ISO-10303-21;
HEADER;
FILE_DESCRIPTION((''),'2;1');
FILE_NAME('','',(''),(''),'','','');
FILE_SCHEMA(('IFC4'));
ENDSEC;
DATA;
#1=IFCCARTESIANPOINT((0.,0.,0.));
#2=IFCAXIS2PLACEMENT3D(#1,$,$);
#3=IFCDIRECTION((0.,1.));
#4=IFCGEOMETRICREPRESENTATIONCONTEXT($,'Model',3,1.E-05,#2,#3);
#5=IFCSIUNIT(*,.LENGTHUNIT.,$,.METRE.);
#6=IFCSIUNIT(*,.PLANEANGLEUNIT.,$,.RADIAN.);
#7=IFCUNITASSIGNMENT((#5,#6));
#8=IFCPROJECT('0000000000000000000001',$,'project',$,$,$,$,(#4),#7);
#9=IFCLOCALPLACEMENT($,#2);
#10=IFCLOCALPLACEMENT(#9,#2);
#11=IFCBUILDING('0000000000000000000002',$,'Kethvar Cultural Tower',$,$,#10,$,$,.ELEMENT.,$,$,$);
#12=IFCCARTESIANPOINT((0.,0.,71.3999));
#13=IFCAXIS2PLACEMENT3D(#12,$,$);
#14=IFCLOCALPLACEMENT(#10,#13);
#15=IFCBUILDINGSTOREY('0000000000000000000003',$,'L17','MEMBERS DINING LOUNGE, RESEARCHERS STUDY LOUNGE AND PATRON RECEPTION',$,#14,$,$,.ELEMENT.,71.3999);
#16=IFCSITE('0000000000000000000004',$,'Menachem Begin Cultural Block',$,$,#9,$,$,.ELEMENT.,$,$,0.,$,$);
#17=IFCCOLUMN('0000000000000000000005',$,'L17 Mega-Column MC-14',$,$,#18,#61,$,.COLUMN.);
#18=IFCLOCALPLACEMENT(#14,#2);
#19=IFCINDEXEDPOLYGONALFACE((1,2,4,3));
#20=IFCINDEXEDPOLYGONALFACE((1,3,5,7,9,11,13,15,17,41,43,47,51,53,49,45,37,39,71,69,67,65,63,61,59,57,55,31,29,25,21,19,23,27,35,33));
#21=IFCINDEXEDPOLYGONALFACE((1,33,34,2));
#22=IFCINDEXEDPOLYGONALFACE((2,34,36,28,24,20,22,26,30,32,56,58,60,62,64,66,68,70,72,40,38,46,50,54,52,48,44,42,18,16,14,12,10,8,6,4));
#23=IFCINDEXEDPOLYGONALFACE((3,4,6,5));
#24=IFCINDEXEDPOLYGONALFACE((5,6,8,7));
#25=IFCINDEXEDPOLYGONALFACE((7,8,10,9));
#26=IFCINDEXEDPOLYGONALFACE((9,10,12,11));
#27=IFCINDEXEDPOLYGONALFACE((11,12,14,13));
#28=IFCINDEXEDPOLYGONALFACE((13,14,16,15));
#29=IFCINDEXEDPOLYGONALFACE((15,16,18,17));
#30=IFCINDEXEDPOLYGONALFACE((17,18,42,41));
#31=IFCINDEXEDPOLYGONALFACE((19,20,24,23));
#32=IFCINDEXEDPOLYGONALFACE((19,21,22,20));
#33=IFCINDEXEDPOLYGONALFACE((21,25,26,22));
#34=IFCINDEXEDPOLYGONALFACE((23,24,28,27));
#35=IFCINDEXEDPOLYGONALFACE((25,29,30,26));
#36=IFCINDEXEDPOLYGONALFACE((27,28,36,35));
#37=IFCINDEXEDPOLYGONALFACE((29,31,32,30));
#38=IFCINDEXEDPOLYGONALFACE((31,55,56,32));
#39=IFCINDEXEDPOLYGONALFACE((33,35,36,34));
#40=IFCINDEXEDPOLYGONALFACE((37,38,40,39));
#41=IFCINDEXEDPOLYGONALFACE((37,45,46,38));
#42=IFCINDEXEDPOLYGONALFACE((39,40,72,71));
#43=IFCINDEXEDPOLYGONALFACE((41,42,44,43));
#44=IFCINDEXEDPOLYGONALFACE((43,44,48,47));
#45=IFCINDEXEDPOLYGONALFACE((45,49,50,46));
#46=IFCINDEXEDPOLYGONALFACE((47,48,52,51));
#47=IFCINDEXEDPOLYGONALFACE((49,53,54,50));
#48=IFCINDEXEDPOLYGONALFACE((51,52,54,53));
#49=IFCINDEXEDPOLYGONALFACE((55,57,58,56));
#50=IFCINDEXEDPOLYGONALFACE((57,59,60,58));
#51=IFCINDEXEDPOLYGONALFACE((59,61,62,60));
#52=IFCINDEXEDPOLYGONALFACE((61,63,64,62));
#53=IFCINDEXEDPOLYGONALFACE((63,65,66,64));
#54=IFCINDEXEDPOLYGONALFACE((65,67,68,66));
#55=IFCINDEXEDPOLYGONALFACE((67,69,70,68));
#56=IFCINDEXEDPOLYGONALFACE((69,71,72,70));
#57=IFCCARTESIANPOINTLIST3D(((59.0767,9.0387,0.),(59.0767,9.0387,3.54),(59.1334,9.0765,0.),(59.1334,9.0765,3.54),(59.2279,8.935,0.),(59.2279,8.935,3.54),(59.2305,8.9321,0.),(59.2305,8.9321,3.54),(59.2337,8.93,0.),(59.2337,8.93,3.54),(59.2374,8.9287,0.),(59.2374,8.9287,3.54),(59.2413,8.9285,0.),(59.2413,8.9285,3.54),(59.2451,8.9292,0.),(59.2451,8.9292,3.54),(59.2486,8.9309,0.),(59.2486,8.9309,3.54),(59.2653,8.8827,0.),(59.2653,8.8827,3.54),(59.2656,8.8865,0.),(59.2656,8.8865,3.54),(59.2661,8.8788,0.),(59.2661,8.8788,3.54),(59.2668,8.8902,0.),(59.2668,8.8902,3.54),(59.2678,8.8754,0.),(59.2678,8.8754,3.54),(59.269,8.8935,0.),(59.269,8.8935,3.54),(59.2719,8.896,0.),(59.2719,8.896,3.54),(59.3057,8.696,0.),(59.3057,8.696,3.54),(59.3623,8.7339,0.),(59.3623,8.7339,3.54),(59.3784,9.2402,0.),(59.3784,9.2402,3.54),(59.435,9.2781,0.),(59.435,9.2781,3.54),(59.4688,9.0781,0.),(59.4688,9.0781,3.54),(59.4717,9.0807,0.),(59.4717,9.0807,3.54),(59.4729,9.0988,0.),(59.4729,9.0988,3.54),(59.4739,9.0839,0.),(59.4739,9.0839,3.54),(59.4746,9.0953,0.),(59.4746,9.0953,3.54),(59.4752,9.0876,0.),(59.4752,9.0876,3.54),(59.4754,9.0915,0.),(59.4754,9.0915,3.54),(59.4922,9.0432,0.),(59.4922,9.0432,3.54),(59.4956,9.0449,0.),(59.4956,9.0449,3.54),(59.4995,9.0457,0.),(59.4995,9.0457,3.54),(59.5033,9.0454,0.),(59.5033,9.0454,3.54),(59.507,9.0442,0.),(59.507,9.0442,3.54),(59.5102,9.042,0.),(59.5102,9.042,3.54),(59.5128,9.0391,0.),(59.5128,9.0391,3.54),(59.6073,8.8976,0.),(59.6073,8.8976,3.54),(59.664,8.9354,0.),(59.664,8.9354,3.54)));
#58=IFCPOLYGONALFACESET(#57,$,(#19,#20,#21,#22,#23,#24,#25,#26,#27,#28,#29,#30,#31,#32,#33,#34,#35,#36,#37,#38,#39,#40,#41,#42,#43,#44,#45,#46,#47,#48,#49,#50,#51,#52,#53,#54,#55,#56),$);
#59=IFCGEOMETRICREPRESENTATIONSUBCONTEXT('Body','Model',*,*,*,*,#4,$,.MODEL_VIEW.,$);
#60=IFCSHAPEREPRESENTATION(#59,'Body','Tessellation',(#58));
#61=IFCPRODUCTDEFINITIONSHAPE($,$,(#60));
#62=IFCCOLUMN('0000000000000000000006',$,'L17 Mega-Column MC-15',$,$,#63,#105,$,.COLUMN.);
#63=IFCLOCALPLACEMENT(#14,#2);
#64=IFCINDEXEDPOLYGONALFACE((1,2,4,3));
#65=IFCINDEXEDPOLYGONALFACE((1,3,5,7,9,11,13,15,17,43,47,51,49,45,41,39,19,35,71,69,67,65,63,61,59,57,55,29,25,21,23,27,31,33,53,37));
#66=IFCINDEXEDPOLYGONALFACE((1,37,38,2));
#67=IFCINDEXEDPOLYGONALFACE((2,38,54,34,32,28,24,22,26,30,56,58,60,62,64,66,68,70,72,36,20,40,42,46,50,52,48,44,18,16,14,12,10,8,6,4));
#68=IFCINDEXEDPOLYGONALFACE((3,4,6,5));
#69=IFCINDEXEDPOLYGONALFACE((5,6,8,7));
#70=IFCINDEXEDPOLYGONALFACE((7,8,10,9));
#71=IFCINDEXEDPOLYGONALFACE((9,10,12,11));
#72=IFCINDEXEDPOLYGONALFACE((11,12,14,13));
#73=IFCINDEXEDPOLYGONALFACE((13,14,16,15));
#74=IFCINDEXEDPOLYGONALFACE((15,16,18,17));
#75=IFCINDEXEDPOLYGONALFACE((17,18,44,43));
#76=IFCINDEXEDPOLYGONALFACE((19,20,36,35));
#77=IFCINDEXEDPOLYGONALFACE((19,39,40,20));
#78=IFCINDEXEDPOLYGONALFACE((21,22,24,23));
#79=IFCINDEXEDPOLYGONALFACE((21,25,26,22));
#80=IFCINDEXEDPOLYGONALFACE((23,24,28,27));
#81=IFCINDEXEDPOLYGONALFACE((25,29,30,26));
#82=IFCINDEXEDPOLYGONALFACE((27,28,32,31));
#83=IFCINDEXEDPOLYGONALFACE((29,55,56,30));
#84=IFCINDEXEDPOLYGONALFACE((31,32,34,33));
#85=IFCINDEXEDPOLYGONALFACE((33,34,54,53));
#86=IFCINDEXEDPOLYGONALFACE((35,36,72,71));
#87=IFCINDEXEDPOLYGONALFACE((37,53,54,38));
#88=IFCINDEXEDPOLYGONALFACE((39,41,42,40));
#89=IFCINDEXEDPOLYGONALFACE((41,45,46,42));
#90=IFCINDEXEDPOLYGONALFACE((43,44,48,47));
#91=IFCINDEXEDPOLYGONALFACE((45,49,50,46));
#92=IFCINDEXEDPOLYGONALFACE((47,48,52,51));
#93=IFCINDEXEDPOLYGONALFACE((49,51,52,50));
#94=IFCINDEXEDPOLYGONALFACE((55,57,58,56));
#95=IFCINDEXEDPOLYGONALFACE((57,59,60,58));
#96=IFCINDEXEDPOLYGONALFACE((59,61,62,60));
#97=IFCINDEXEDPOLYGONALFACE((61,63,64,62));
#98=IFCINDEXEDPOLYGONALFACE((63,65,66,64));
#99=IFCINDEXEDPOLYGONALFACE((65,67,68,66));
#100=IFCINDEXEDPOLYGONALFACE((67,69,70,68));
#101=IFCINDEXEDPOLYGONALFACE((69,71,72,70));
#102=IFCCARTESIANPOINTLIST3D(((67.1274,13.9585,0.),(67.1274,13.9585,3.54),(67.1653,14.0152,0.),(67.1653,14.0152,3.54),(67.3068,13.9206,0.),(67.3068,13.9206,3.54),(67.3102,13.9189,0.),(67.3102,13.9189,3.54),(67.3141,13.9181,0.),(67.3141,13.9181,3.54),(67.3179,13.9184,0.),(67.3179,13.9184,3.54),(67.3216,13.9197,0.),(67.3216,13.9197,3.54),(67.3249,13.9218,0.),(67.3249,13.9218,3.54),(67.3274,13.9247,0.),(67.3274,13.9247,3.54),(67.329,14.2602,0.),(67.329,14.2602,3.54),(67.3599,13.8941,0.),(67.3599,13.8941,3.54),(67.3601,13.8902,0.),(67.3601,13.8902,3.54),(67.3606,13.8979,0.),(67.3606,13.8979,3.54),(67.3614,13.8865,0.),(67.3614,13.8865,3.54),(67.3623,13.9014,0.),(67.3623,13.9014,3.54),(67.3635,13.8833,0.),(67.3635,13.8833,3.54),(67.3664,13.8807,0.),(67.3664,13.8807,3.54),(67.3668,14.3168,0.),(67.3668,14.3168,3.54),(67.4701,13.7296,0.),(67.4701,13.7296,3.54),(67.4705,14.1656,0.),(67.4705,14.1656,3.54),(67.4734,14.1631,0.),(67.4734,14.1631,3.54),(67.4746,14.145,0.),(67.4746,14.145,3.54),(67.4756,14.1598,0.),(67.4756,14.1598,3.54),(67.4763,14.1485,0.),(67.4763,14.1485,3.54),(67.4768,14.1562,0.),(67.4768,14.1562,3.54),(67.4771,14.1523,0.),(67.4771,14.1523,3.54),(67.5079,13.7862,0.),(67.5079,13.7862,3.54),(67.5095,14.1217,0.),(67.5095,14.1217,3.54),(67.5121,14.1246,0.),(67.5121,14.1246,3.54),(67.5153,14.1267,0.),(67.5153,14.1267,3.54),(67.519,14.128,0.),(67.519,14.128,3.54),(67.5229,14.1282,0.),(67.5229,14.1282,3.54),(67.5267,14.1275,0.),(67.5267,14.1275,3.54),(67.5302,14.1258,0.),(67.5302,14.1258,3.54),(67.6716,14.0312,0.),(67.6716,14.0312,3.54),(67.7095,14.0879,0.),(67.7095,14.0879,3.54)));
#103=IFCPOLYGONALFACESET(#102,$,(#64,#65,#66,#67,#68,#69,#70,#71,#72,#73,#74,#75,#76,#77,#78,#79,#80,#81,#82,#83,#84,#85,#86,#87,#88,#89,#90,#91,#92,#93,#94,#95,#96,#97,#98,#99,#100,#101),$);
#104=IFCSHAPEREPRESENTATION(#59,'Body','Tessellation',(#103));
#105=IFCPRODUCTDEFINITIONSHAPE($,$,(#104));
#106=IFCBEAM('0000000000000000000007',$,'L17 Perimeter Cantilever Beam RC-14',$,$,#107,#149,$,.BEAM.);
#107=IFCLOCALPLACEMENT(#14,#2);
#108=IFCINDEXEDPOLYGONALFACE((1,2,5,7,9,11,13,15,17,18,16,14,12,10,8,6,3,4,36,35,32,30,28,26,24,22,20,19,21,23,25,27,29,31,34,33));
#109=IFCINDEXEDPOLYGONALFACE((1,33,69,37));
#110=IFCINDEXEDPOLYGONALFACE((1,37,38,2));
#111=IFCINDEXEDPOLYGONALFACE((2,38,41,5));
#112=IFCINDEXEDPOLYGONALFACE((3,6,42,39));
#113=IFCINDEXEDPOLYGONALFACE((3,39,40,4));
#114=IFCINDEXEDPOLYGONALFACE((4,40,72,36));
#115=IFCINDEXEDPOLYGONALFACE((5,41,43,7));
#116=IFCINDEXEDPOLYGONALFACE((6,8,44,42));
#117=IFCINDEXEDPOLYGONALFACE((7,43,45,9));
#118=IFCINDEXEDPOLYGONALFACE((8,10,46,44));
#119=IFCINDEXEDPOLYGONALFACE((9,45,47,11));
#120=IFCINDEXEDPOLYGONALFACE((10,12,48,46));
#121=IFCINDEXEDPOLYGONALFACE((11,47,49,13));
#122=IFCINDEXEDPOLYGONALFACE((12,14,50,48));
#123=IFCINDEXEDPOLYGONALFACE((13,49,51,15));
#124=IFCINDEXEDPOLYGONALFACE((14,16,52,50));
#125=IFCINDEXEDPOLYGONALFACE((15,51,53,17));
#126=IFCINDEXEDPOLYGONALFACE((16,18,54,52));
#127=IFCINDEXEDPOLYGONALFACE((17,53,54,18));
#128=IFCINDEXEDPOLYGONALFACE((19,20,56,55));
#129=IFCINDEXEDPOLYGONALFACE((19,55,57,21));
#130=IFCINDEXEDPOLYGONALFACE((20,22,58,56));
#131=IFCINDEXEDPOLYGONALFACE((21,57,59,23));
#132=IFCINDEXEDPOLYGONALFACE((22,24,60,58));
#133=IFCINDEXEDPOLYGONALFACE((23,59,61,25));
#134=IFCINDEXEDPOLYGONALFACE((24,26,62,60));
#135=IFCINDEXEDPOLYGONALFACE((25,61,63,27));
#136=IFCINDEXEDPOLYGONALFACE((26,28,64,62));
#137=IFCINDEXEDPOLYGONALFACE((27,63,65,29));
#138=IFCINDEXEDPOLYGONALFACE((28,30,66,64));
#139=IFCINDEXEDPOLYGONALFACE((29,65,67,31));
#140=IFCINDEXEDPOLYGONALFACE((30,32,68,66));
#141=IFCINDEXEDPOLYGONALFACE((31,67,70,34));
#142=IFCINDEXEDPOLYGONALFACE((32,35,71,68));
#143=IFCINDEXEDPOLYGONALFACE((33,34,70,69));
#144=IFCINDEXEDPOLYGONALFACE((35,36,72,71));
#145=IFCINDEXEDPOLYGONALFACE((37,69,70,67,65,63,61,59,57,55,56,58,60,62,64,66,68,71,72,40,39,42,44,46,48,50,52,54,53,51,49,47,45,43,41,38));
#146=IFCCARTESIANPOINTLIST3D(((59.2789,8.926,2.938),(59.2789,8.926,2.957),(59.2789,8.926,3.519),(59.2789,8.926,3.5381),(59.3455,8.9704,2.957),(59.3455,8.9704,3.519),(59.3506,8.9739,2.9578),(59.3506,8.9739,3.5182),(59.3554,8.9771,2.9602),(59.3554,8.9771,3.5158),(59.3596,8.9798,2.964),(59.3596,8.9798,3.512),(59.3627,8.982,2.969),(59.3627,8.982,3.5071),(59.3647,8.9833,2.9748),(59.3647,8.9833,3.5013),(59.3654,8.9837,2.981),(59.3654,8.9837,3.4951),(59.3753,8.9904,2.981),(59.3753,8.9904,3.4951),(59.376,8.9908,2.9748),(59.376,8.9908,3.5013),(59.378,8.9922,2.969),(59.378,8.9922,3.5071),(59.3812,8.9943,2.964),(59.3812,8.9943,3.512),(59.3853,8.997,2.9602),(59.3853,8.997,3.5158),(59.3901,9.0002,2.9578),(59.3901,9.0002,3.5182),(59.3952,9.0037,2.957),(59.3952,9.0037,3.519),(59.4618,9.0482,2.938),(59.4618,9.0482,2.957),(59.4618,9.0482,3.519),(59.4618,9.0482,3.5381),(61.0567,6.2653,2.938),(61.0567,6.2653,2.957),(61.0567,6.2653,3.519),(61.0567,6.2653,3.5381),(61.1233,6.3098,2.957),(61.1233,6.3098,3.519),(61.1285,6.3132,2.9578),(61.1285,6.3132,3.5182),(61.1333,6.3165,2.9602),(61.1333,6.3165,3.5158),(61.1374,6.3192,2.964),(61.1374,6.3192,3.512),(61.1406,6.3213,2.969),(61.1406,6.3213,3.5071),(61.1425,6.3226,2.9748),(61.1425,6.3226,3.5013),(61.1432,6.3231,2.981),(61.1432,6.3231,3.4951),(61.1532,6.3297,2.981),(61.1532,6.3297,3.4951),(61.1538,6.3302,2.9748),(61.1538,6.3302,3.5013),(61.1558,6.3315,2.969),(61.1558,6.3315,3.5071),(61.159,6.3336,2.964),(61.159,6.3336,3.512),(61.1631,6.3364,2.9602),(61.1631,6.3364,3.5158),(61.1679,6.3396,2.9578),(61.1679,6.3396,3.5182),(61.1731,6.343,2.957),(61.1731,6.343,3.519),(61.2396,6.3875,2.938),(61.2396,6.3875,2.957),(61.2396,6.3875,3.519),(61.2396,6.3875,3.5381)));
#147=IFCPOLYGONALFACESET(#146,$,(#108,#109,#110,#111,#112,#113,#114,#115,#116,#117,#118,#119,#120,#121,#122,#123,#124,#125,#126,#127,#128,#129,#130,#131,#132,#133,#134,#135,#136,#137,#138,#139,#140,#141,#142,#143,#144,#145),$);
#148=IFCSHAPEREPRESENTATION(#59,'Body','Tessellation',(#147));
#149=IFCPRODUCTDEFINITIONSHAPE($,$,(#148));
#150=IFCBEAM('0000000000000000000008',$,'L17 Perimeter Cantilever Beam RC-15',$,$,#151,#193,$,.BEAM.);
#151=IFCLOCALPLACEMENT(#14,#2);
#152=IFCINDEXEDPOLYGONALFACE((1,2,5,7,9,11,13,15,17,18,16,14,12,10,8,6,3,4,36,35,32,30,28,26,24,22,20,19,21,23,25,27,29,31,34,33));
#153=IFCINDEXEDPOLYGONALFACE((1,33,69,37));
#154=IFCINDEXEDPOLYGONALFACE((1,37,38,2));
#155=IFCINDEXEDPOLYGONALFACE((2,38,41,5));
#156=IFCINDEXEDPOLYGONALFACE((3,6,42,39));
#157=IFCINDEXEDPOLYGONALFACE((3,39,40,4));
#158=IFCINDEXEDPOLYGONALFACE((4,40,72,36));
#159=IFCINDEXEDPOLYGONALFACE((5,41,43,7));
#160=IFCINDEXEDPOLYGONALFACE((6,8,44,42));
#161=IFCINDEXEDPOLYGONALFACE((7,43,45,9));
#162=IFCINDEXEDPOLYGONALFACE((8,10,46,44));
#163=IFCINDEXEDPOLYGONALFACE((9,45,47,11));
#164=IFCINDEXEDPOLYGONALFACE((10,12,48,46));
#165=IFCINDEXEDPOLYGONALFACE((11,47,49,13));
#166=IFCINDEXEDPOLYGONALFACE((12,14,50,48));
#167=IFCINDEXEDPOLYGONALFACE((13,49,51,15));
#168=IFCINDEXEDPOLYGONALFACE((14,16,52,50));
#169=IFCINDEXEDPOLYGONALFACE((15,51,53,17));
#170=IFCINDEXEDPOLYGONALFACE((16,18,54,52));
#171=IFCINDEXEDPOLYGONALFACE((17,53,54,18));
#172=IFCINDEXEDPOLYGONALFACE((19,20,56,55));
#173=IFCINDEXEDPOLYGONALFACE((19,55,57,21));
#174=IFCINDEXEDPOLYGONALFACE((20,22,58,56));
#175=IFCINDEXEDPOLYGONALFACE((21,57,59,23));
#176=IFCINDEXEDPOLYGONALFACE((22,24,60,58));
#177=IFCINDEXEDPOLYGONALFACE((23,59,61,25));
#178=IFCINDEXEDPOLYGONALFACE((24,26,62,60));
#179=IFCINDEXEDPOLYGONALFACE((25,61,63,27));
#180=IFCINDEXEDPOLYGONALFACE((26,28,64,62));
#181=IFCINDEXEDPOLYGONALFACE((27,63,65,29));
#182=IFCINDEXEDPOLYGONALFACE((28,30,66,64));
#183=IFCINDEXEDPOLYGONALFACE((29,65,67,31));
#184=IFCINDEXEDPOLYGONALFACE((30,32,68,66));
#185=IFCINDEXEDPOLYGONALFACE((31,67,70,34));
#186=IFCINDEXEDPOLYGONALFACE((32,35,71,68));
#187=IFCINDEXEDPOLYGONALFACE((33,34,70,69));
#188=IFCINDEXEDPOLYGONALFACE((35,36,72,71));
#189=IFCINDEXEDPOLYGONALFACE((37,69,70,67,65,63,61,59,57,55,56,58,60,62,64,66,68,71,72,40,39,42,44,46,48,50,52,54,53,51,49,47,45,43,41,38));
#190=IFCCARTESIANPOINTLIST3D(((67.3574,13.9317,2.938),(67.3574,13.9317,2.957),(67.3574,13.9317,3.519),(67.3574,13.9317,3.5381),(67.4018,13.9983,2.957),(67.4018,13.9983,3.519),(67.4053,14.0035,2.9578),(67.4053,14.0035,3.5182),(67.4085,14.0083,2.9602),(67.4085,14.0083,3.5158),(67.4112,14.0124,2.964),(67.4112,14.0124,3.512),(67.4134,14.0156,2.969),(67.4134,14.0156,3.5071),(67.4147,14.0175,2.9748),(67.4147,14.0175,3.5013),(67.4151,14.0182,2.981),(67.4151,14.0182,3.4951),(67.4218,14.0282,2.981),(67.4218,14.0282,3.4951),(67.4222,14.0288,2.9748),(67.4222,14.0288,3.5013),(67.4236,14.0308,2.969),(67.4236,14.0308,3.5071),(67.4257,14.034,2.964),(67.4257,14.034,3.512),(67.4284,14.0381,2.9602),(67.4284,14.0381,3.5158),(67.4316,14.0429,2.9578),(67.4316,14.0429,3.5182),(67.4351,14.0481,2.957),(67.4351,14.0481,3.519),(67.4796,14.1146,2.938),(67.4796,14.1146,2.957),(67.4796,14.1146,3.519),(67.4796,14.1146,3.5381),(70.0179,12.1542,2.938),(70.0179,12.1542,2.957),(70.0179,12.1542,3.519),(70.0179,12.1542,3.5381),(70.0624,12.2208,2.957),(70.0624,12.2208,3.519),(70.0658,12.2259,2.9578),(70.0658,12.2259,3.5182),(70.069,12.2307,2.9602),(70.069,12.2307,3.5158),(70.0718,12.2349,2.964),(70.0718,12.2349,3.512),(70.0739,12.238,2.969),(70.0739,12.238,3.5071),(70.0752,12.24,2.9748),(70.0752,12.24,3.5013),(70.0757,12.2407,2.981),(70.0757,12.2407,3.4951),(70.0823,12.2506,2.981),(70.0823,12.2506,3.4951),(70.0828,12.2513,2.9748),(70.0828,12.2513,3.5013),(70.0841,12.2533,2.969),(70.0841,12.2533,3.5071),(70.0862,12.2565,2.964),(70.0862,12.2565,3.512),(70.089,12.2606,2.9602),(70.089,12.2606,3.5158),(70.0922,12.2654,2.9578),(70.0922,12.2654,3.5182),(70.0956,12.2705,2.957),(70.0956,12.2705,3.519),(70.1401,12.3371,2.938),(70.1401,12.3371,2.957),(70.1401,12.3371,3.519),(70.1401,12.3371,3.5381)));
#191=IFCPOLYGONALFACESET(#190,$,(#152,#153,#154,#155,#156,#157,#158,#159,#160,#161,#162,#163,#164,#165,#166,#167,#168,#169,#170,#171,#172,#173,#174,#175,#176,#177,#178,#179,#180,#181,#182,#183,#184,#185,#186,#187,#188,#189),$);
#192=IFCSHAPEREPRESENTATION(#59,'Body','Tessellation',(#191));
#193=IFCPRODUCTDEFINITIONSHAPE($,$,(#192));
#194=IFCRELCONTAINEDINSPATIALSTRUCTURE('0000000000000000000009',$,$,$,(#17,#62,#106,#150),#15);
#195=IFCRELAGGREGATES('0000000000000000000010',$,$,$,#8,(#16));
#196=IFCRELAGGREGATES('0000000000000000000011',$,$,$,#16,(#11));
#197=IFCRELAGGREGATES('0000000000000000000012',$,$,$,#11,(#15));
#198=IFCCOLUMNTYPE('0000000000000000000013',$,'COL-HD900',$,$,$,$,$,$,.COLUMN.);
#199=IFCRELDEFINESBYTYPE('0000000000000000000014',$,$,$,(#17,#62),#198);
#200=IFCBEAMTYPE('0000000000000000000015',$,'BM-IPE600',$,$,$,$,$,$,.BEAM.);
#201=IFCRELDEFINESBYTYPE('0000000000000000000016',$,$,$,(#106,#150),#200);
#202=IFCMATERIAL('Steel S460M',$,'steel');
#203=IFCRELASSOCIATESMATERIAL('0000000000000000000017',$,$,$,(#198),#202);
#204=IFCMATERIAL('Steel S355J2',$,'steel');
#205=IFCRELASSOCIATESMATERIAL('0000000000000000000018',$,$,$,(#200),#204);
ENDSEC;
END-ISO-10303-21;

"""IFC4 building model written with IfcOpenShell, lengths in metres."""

from ifc_helpers import new_model, si_unit, direction, frame, origin, origin_2d, place, context, subcontext, project, spatial, i_section, extrude, source, transform, mapped, material, material_profile, profile_set, type_object, element, save


model = new_model("IFC4")

# Units and contexts
model_context = context("Model", 3, precision=1e-05, world=origin(), true_north=direction((0.0, 1.0)))
body_context = subcontext(model_context, "Body", "Model", "MODEL_VIEW")
ifc_project = project(units=[si_unit("LENGTHUNIT", "METRE"), si_unit("PLANEANGLEUNIT", "RADIAN")], contexts=[model_context])

# Site, building, storey
site_placement = place(None, origin())
site = spatial("IfcSite", under=ifc_project, at=site_placement, Name="Menachem Begin Cultural Block", CompositionType="ELEMENT", RefElevation=0.0)
building_placement = place(site_placement, origin())
building = spatial("IfcBuilding", under=site, at=building_placement, Name="Kethvar Cultural Tower", CompositionType="ELEMENT")
storey_placement = place(building_placement, frame((0.0, 0.0, 71.3999)))
storey = spatial("IfcBuildingStorey", under=building, at=storey_placement, Name="L17", Description="MEMBERS DINING LOUNGE, RESEARCHERS STUDY LOUNGE AND PATRON RECEPTION", CompositionType="ELEMENT", Elevation=71.3999)

# Columns
ifc_material_1 = material(Name="Steel S460M", Category="steel")
ifc_material_profile_1 = material_profile(ifc_material_1, i_section(OverallWidth=0.4121, OverallDepth=0.4309, WebThickness=0.042, FlangeThickness=0.0681, FilletRadius=0.0149, at=origin_2d()), Name="Steel S460M — HD400x900")
ifc_profile_set_1 = profile_set([ifc_material_profile_1], Name="Steel S460M — HD400x900")
column_type = type_object("IfcColumnType", Name="COL-HD900", PredefinedType="COLUMN", material=ifc_profile_set_1)
shared_shape_1 = source(origin(), body_context, "Body", "SweptSolid", [
    extrude(i_section(OverallWidth=0.4121, OverallDepth=0.4309, WebThickness=0.042, FlangeThickness=0.0681, FilletRadius=0.0149, at=origin_2d()), origin(), (0.0, 0.0, 1.0), 3.54),
])
for number, where, z_axis, x_axis, name in (
    (1, (59.3704, 8.9871, 0.0), (0.0, 0.0, 1.0), (0.55557, -0.83147, 0.0), "L17 Mega-Column MC-14"),
    (2, (67.4185, 14.0232, 0.0), (0.0, 0.0, 1.0), (0.83147, -0.55557, 0.0), "L17 Mega-Column MC-15"),
):
    element("IfcColumn", number, at=place(storey_placement, frame(where, z_axis=z_axis, x_axis=x_axis)), inside=storey, type_object=column_type, Name=name, PredefinedType="COLUMN", context=body_context, shape_type="MappedRepresentation", body=[
        mapped(shared_shape_1, transform((0.0, 0.0, 0.0), scale=1.0)),
    ])

# Beams
ifc_material_2 = material(Name="Steel S355J2", Category="steel")
ifc_material_profile_2 = material_profile(ifc_material_2, i_section(OverallWidth=0.22, OverallDepth=0.6001, WebThickness=0.012, FlangeThickness=0.019, FilletRadius=0.0239, at=origin_2d()), Name="Steel S355J2 — IPE600")
ifc_profile_set_2 = profile_set([ifc_material_profile_2], Name="Steel S355J2 — IPE600")
beam_type_1 = type_object("IfcBeamType", Name="BM-IPE600", PredefinedType="BEAM", material=ifc_profile_set_2)
shared_shape_2 = source(origin(), body_context, "Body", "SweptSolid", [
    extrude(i_section(OverallWidth=0.22, OverallDepth=0.6001, WebThickness=0.012, FlangeThickness=0.019, FilletRadius=0.0239, at=origin_2d()), origin(), (0.0, 0.0, 1.0), 3.2),
])
beam_1_placement = place(storey_placement, frame((59.3704, 8.9871, 3.238), z_axis=(0.55558, -0.831463, 0.0), x_axis=(0.831463, 0.55558, 0.0)))
element("IfcBeam", 3, at=beam_1_placement, inside=storey, type_object=beam_type_1, Name="L17 Perimeter Cantilever Beam RC-14", PredefinedType="BEAM", context=body_context, shape_type="MappedRepresentation", body=[
    mapped(shared_shape_2, transform((0.0, 0.0, 0.0), scale=1.0)),
])
shared_shape_3 = source(origin(), body_context, "Body", "SweptSolid", [
    extrude(i_section(OverallWidth=0.22, OverallDepth=0.6001, WebThickness=0.012, FlangeThickness=0.019, FilletRadius=0.0239, at=origin_2d()), origin(), (0.0, 0.0, 1.0), 3.1997),
])
beam_2_placement = place(storey_placement, frame((67.4185, 14.0232, 3.238), z_axis=(0.831498, -0.555527, 0.0), x_axis=(0.555527, 0.831498, 0.0)))
element("IfcBeam", 4, at=beam_2_placement, inside=storey, type_object=beam_type_1, Name="L17 Perimeter Cantilever Beam RC-15", PredefinedType="BEAM", context=body_context, shape_type="MappedRepresentation", body=[
    mapped(shared_shape_3, transform((0.0, 0.0, 0.0), scale=1.0)),
])

save(model, "model.ifc")
